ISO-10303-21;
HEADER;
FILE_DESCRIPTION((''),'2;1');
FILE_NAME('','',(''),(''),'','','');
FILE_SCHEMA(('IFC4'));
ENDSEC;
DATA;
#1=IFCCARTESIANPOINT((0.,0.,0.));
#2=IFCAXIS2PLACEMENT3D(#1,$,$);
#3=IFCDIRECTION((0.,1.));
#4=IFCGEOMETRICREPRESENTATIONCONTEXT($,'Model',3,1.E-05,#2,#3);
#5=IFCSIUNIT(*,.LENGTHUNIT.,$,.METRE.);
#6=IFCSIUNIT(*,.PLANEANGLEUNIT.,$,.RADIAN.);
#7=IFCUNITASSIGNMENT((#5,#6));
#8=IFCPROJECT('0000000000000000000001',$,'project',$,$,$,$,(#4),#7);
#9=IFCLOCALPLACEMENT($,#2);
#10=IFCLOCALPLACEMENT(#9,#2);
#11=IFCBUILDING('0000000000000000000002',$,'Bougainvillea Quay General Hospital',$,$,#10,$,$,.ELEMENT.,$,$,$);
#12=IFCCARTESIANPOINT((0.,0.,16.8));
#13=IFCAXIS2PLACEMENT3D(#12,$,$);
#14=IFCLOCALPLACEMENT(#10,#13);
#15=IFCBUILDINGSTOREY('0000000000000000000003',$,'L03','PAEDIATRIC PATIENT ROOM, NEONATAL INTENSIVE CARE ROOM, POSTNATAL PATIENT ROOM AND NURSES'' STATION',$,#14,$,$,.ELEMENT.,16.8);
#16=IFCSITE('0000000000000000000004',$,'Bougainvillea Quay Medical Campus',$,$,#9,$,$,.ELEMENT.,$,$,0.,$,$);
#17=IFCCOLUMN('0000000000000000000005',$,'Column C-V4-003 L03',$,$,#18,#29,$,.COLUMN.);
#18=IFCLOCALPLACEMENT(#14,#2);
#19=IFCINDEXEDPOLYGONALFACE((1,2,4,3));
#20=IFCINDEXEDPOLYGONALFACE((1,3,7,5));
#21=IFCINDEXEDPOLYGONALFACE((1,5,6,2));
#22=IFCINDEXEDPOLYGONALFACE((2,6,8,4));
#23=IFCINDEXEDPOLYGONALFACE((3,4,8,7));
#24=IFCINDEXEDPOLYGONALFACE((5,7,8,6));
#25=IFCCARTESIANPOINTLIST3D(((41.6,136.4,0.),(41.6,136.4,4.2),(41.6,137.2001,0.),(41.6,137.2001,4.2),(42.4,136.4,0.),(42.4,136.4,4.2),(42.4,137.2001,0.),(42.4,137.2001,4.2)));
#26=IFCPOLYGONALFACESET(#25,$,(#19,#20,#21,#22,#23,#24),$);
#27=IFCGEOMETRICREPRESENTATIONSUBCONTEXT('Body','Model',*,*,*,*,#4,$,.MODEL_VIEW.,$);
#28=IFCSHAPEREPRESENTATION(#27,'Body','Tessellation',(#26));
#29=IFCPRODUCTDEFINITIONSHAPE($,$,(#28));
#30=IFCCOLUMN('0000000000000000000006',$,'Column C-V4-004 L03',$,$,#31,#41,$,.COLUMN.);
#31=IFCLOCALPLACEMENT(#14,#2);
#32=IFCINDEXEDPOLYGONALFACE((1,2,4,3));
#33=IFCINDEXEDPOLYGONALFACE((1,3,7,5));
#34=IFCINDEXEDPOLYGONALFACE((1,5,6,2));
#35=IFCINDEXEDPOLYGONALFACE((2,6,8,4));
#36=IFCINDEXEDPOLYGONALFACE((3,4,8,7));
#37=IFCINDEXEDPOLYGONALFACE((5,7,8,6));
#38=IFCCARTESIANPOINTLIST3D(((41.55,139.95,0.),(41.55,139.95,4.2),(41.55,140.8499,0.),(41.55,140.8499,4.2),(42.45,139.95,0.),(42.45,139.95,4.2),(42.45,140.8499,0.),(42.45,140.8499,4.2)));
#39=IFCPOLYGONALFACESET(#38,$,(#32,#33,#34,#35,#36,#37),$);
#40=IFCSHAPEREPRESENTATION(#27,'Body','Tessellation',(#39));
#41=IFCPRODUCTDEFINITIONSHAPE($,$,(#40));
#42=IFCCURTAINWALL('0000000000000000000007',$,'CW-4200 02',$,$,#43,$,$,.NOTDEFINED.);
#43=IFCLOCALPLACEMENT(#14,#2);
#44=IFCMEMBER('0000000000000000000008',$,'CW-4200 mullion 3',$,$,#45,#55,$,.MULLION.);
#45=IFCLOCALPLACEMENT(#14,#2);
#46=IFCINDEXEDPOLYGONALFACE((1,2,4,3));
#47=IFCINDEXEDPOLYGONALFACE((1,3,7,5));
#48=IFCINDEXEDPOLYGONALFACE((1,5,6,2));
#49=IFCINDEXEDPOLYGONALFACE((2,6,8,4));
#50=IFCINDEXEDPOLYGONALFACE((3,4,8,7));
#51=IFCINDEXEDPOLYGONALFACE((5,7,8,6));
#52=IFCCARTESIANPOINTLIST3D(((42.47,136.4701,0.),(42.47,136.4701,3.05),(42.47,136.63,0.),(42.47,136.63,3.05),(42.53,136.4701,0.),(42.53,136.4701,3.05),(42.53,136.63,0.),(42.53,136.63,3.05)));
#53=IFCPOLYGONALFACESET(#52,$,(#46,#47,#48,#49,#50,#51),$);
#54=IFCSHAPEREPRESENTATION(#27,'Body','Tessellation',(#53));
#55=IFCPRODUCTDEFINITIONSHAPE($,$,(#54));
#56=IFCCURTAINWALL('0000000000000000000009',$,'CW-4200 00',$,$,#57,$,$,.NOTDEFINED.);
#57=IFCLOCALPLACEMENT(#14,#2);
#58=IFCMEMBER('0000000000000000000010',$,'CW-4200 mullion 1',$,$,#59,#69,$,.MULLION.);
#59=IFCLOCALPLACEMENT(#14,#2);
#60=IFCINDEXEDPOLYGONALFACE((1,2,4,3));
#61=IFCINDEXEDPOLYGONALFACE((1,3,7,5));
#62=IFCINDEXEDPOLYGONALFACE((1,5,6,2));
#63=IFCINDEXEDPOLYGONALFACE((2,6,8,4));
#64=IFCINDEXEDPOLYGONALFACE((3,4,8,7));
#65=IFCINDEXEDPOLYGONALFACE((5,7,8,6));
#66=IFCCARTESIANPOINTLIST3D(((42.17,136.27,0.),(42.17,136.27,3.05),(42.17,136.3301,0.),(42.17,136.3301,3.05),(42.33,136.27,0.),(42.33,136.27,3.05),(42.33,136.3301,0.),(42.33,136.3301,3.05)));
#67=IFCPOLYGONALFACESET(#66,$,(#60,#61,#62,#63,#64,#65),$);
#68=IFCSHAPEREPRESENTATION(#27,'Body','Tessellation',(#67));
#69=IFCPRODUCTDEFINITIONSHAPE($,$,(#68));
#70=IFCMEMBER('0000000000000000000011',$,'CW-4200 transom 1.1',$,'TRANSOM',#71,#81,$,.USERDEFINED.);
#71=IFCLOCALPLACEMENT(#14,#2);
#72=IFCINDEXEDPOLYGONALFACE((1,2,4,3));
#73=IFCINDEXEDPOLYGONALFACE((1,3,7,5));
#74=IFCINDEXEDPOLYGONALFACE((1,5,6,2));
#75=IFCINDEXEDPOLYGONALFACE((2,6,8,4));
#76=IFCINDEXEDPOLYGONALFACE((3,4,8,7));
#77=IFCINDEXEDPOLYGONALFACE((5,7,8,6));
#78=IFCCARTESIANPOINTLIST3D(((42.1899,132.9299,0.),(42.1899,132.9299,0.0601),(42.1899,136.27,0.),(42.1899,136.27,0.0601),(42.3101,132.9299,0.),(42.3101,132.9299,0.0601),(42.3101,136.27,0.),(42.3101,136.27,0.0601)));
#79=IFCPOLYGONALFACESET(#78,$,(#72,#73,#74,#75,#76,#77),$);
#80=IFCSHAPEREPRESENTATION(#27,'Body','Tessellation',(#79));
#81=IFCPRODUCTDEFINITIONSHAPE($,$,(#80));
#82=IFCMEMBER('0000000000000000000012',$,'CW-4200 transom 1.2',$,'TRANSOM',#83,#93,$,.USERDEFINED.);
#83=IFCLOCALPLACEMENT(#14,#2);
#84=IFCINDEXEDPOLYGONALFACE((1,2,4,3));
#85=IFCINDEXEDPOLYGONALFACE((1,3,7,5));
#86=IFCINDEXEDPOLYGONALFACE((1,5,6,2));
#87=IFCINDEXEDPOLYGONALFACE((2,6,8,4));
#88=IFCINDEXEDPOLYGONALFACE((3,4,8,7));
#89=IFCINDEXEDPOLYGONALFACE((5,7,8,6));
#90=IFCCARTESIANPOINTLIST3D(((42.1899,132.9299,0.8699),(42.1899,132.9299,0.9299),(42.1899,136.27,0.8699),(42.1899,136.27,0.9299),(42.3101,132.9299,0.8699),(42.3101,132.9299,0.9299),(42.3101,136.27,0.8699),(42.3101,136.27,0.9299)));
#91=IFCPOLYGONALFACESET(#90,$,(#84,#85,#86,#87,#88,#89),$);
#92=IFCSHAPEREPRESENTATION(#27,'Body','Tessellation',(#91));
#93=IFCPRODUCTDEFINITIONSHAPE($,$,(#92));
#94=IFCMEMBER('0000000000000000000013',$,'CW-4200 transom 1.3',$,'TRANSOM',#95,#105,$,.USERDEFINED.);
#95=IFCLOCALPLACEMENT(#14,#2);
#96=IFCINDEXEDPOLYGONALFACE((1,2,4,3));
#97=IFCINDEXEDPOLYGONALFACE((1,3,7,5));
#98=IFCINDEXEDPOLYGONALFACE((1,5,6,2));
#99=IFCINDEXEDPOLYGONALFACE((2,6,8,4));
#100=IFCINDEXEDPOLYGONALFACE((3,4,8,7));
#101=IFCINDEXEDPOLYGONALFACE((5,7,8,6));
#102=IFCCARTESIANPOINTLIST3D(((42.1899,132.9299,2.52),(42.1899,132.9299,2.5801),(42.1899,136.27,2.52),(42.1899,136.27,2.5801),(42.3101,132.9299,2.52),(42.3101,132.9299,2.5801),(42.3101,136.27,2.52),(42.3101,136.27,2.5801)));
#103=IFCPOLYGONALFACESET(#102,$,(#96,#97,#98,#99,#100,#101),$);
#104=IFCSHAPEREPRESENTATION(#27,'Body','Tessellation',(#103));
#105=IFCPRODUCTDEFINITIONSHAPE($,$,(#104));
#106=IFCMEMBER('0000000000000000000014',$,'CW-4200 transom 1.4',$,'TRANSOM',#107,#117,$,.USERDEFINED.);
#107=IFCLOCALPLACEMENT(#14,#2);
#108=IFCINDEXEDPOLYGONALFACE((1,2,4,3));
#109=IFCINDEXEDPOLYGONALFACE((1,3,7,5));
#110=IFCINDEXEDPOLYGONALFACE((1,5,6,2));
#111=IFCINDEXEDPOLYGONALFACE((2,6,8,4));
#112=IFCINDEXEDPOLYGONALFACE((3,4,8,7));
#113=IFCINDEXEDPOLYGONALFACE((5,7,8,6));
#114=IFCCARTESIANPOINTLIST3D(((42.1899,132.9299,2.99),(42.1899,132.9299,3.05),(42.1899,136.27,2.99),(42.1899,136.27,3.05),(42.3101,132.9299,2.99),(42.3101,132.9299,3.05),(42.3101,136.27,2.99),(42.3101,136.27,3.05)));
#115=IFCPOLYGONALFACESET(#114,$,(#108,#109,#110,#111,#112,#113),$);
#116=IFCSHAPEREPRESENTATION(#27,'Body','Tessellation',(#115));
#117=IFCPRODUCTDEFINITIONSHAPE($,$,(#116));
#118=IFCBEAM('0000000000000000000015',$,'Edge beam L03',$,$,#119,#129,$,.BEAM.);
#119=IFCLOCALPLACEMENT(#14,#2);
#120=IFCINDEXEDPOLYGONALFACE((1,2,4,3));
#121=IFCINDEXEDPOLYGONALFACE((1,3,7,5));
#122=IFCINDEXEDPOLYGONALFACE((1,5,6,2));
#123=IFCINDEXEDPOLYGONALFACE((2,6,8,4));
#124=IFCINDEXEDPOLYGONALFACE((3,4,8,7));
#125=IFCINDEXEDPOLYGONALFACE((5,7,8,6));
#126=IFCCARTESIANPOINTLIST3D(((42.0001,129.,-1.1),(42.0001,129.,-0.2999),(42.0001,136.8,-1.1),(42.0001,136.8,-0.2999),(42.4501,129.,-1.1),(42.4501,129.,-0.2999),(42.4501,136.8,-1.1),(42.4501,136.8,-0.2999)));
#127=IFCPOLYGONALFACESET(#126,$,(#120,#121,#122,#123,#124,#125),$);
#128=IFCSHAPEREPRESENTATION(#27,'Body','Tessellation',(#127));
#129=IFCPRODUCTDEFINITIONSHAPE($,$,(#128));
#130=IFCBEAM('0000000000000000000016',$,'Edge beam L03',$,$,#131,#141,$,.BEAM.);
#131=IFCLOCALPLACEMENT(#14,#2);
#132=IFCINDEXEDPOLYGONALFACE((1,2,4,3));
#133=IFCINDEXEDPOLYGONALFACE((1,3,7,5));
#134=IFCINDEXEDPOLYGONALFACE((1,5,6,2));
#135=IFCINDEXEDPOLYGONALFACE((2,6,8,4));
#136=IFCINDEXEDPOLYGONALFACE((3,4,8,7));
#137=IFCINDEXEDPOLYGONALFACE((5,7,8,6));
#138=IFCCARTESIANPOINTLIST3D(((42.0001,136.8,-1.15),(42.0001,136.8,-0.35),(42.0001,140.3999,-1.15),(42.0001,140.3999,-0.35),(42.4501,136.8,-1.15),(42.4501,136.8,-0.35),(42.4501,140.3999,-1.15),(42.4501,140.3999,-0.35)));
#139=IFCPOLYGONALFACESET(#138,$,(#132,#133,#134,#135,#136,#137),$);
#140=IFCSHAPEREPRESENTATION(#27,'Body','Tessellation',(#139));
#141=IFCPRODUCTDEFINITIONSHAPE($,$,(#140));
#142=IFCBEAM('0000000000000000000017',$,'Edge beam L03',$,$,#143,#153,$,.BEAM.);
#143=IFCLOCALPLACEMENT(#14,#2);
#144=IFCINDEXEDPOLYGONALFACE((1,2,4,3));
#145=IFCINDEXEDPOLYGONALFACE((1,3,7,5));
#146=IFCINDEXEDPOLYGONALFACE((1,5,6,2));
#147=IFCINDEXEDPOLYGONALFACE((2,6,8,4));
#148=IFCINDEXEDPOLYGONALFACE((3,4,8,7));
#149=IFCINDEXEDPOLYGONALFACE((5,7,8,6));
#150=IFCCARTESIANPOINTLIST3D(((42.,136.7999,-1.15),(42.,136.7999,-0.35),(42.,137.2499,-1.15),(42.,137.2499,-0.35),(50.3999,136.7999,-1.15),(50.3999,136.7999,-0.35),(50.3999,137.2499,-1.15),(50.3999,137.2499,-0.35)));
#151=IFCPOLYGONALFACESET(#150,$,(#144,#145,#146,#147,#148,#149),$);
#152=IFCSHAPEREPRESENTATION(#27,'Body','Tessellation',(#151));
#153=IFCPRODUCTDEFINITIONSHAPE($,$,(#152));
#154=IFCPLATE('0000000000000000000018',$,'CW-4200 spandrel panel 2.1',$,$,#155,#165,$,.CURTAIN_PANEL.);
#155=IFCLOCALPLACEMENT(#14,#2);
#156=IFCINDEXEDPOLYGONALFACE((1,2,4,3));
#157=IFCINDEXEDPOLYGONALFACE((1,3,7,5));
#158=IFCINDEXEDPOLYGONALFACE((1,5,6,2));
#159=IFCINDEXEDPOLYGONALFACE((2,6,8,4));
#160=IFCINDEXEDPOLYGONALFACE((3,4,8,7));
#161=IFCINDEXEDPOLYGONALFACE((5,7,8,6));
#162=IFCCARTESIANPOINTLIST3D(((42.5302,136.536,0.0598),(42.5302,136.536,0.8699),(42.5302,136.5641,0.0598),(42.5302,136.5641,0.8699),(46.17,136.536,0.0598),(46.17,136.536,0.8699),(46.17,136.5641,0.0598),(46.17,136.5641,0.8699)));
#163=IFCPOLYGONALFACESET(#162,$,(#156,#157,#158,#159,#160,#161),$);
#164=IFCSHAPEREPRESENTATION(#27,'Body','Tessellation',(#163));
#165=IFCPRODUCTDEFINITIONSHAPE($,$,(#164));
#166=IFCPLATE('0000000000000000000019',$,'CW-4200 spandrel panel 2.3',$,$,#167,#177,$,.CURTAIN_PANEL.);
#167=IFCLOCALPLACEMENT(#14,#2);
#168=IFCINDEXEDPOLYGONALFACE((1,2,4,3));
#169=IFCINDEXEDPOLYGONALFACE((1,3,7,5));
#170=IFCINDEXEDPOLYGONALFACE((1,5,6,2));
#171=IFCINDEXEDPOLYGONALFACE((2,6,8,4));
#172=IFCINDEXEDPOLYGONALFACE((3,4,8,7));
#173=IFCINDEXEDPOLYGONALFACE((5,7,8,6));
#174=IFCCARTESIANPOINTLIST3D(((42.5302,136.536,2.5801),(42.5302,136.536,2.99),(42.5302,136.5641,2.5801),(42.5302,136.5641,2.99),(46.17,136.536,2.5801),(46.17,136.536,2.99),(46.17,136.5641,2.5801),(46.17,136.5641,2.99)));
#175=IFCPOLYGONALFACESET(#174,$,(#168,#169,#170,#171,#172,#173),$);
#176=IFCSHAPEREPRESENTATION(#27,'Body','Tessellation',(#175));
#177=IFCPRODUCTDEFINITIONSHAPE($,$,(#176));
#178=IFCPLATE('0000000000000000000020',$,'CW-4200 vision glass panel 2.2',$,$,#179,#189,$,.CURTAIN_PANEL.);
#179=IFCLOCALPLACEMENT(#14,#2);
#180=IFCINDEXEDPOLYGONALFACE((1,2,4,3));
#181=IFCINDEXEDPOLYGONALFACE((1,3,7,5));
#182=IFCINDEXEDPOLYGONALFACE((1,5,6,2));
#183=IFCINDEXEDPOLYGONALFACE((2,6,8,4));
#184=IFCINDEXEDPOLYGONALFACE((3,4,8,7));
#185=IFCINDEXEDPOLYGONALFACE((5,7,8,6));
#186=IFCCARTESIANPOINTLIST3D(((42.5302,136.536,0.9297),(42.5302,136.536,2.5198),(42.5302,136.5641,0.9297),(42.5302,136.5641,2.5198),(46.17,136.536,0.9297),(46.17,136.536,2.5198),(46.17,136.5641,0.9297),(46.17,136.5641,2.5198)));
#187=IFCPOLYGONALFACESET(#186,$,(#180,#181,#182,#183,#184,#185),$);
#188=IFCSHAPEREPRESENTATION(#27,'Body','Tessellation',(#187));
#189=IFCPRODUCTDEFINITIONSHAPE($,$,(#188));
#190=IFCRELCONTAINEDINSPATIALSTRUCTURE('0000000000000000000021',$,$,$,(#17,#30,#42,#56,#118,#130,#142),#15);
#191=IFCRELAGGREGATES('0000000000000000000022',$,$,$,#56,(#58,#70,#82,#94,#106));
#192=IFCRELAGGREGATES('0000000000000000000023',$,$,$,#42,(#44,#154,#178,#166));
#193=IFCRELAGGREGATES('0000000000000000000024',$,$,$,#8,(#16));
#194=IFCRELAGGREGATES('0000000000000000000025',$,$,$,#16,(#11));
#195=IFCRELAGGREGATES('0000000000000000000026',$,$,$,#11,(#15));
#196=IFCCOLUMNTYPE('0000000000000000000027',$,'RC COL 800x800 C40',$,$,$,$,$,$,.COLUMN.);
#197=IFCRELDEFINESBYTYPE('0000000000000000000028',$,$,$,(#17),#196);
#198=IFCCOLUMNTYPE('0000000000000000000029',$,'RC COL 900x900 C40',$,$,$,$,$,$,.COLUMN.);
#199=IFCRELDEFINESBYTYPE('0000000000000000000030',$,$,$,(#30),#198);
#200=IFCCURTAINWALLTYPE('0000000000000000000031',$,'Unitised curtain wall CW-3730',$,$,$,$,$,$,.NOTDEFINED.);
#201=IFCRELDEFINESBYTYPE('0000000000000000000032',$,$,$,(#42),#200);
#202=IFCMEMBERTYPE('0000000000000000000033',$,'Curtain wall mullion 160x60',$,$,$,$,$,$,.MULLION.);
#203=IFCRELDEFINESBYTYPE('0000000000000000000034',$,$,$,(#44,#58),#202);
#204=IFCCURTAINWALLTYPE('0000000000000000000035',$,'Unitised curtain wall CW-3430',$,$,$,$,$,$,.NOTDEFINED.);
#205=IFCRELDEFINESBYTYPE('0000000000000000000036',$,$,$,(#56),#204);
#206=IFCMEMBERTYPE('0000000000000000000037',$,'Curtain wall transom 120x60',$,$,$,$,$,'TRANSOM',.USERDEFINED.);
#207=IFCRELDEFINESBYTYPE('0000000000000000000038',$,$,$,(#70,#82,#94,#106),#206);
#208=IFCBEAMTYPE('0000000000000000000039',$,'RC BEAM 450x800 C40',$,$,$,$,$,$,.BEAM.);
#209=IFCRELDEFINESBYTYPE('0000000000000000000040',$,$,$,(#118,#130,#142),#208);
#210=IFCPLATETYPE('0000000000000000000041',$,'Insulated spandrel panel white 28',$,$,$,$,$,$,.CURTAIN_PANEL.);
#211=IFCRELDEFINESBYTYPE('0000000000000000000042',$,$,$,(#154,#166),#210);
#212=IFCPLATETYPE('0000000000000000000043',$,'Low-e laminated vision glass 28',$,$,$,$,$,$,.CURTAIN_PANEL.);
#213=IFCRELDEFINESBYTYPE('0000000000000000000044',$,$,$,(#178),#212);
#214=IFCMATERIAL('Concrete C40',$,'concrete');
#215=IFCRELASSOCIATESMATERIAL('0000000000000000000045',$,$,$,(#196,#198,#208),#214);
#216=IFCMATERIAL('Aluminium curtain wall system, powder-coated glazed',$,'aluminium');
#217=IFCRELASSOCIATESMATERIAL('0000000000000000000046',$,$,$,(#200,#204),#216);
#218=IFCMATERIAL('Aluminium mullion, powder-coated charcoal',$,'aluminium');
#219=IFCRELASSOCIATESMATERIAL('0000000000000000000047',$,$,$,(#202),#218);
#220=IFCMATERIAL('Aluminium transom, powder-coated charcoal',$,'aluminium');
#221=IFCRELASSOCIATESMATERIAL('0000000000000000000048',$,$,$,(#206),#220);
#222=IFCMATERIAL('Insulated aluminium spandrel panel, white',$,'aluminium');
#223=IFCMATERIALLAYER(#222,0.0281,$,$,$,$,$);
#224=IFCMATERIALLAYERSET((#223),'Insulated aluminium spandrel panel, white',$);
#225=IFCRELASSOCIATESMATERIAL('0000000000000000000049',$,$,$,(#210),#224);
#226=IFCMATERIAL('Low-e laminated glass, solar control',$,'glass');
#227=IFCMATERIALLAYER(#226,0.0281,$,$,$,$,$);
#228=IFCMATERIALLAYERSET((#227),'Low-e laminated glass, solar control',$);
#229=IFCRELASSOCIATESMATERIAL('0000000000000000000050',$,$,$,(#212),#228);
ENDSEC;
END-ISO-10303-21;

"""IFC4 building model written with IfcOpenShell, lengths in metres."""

from ifc_helpers import new_model, si_unit, direction, frame, origin, origin_2d, place, context, subcontext, project, spatial, rectangle, extrude, material, layer, layer_set, material_profile, profile_set, type_object, element, aggregate, save


model = new_model("IFC4")

# Units and contexts
model_context = context("Model", 3, precision=1e-05, world=origin(), true_north=direction((0.0, 1.0)))
body_context = subcontext(model_context, "Body", "Model", "MODEL_VIEW")
ifc_project = project(units=[si_unit("LENGTHUNIT", "METRE"), si_unit("PLANEANGLEUNIT", "RADIAN")], contexts=[model_context])

# Site, building, storey
site_placement = place(None, origin())
site = spatial("IfcSite", under=ifc_project, at=site_placement, Name="Bougainvillea Quay Medical Campus", CompositionType="ELEMENT", RefElevation=0.0)
building_placement = place(site_placement, origin())
building = spatial("IfcBuilding", under=site, at=building_placement, Name="Bougainvillea Quay General Hospital", CompositionType="ELEMENT")
storey_placement = place(building_placement, frame((0.0, 0.0, 16.8)))
storey = spatial("IfcBuildingStorey", under=building, at=storey_placement, Name="L03", Description="PAEDIATRIC PATIENT ROOM, NEONATAL INTENSIVE CARE ROOM, POSTNATAL PATIENT ROOM AND NURSES' STATION", CompositionType="ELEMENT", Elevation=16.8)

# Columns
ifc_material_1 = material(Name="Concrete C40", Category="concrete")
ifc_material_profile_1 = material_profile(ifc_material_1, rectangle(XDim=0.8, YDim=0.8, at=origin_2d()))
ifc_profile_set_1 = profile_set([ifc_material_profile_1], Name="Concrete C40")
column_type_1 = type_object("IfcColumnType", Name="RC COL 800x800 C40", PredefinedType="COLUMN", material=ifc_profile_set_1)
column_1_placement = place(storey_placement, frame((42.0, 136.8, 0.0), z_axis=(0.0, 0.0, 1.0), x_axis=(1.0, 0.0, 0.0)))
element("IfcColumn", 1, at=column_1_placement, inside=storey, type_object=column_type_1, Name="Column C-V4-003 L03", PredefinedType="COLUMN", context=body_context, shape_type="SweptSolid", body=[
    extrude(rectangle(XDim=0.8, YDim=0.8, at=origin_2d()), origin(), (0.0, 0.0, 1.0), 4.2),
])
ifc_material_profile_2 = material_profile(ifc_material_1, rectangle(XDim=0.8999, YDim=0.8999, at=origin_2d()))
ifc_profile_set_2 = profile_set([ifc_material_profile_2], Name="Concrete C40")
column_type_2 = type_object("IfcColumnType", Name="RC COL 900x900 C40", PredefinedType="COLUMN", material=ifc_profile_set_2)
column_2_placement = place(storey_placement, frame((42.0, 140.3999, 0.0), z_axis=(0.0, 0.0, 1.0), x_axis=(1.0, 0.0, 0.0)))
element("IfcColumn", 2, at=column_2_placement, inside=storey, type_object=column_type_2, Name="Column C-V4-004 L03", PredefinedType="COLUMN", context=body_context, shape_type="SweptSolid", body=[
    extrude(rectangle(XDim=0.8999, YDim=0.8999, at=origin_2d()), origin(), (0.0, 0.0, 1.0), 4.2),
])

# Curtain wall, member
ifc_material_2 = material(Name="Aluminium curtain wall system, powder-coated glazed", Category="aluminium")
curtain_wall_type_1 = type_object("IfcCurtainWallType", Name="Unitised curtain wall CW-3730", PredefinedType="NOTDEFINED", material=ifc_material_2)
curtain_wall_1_placement = place(storey_placement, origin())
curtain_wall_1 = element("IfcCurtainWall", 3, at=curtain_wall_1_placement, inside=storey, type_object=curtain_wall_type_1, Name="CW-4200 02", PredefinedType="NOTDEFINED")
ifc_material_3 = material(Name="Aluminium mullion, powder-coated charcoal", Category="aluminium")
ifc_material_profile_3 = material_profile(ifc_material_3, rectangle(XDim=0.1599, YDim=0.0601, at=origin_2d()))
ifc_profile_set_3 = profile_set([ifc_material_profile_3], Name="Aluminium mullion, powder-coated charcoal")
member_type_1 = type_object("IfcMemberType", Name="Curtain wall mullion 160x60", PredefinedType="MULLION", material=ifc_profile_set_3)
member_1_placement = place(storey_placement, frame((42.5, 136.55, 0.0), z_axis=(0.0, 0.0, 1.0), x_axis=(0.0, -1.0, 0.0)))
member_1 = element("IfcMember", 4, at=member_1_placement, type_object=member_type_1, Name="CW-4200 mullion 3", PredefinedType="MULLION", context=body_context, shape_type="SweptSolid", body=[
    extrude(rectangle(XDim=0.1599, YDim=0.0601, at=origin_2d()), origin(), (0.0, 0.0, 1.0), 3.05),
])

# Curtain wall, members
curtain_wall_type_2 = type_object("IfcCurtainWallType", Name="Unitised curtain wall CW-3430", PredefinedType="NOTDEFINED", material=ifc_material_2)
curtain_wall_2_placement = place(storey_placement, origin())
curtain_wall_2 = element("IfcCurtainWall", 5, at=curtain_wall_2_placement, inside=storey, type_object=curtain_wall_type_2, Name="CW-4200 00", PredefinedType="NOTDEFINED")
member_2_placement = place(storey_placement, frame((42.25, 136.3, 0.0), z_axis=(0.0, 0.0, 1.0), x_axis=(1.0, 0.0, 0.0)))
member_2 = element("IfcMember", 6, at=member_2_placement, type_object=member_type_1, Name="CW-4200 mullion 1", PredefinedType="MULLION", context=body_context, shape_type="SweptSolid", body=[
    extrude(rectangle(XDim=0.1599, YDim=0.0601, at=origin_2d()), origin(), (0.0, 0.0, 1.0), 3.05),
])
ifc_material_4 = material(Name="Aluminium transom, powder-coated charcoal", Category="aluminium")
ifc_material_profile_4 = material_profile(ifc_material_4, rectangle(XDim=0.1201, YDim=0.0601, at=origin_2d()))
ifc_profile_set_4 = profile_set([ifc_material_profile_4], Name="Aluminium transom, powder-coated charcoal")
member_type_2 = type_object("IfcMemberType", Name="Curtain wall transom 120x60", ElementType="TRANSOM", PredefinedType="USERDEFINED", material=ifc_profile_set_4)
member_3_placement = place(storey_placement, frame((42.25, 136.27, 0.03), z_axis=(0.0, -1.0, 0.0), x_axis=(1.0, 0.0, 0.0)))
member_3 = element("IfcMember", 7, at=member_3_placement, type_object=member_type_2, Name="CW-4200 transom 1.1", ObjectType="TRANSOM", PredefinedType="USERDEFINED", context=body_context, shape_type="SweptSolid", body=[
    extrude(rectangle(XDim=0.1201, YDim=0.0601, at=origin_2d()), origin(), (0.0, 0.0, 1.0), 3.3401),
])
member_4_placement = place(storey_placement, frame((42.25, 136.27, 0.8999), z_axis=(0.0, -1.0, 0.0), x_axis=(1.0, 0.0, 0.0)))
member_4 = element("IfcMember", 8, at=member_4_placement, type_object=member_type_2, Name="CW-4200 transom 1.2", ObjectType="TRANSOM", PredefinedType="USERDEFINED", context=body_context, shape_type="SweptSolid", body=[
    extrude(rectangle(XDim=0.1201, YDim=0.0601, at=origin_2d()), origin(), (0.0, 0.0, 1.0), 3.3401),
])
member_5_placement = place(storey_placement, frame((42.25, 136.27, 2.55), z_axis=(0.0, -1.0, 0.0), x_axis=(1.0, 0.0, 0.0)))
member_5 = element("IfcMember", 9, at=member_5_placement, type_object=member_type_2, Name="CW-4200 transom 1.3", ObjectType="TRANSOM", PredefinedType="USERDEFINED", context=body_context, shape_type="SweptSolid", body=[
    extrude(rectangle(XDim=0.1201, YDim=0.0601, at=origin_2d()), origin(), (0.0, 0.0, 1.0), 3.3401),
])
member_6_placement = place(storey_placement, frame((42.25, 136.27, 3.02), z_axis=(0.0, -1.0, 0.0), x_axis=(1.0, 0.0, 0.0)))
member_6 = element("IfcMember", 10, at=member_6_placement, type_object=member_type_2, Name="CW-4200 transom 1.4", ObjectType="TRANSOM", PredefinedType="USERDEFINED", context=body_context, shape_type="SweptSolid", body=[
    extrude(rectangle(XDim=0.1201, YDim=0.0601, at=origin_2d()), origin(), (0.0, 0.0, 1.0), 3.3401),
])
aggregate(curtain_wall_2, [member_2, member_3, member_4, member_5, member_6])

# Beams
ifc_material_profile_5 = material_profile(ifc_material_1, rectangle(XDim=0.45, YDim=0.8, at=origin_2d()))
ifc_profile_set_5 = profile_set([ifc_material_profile_5], Name="Concrete C40")
beam_type = type_object("IfcBeamType", Name="RC BEAM 450x800 C40", PredefinedType="BEAM", material=ifc_profile_set_5)
beam_1_placement = place(storey_placement, frame((42.2251, 136.8, -0.7), z_axis=(0.0, -1.0, 0.0), x_axis=(1.0, 0.0, 0.0)))
element("IfcBeam", 11, at=beam_1_placement, inside=storey, type_object=beam_type, Name="Edge beam L03", PredefinedType="BEAM", context=body_context, shape_type="SweptSolid", body=[
    extrude(rectangle(XDim=0.45, YDim=0.8, at=origin_2d()), origin(), (0.0, 0.0, 1.0), 7.8),
])
beam_2_placement = place(storey_placement, frame((42.2251, 140.3999, -0.75), z_axis=(0.0, -1.0, 0.0), x_axis=(1.0, 0.0, 0.0)))
element("IfcBeam", 12, at=beam_2_placement, inside=storey, type_object=beam_type, Name="Edge beam L03", PredefinedType="BEAM", context=body_context, shape_type="SweptSolid", body=[
    extrude(rectangle(XDim=0.45, YDim=0.8, at=origin_2d()), origin(), (0.0, 0.0, 1.0), 3.5999),
])
beam_3_placement = place(storey_placement, frame((42.0, 137.0249, -0.75), z_axis=(1.0, 0.0, 0.0), x_axis=(0.0, 1.0, 0.0)))
element("IfcBeam", 13, at=beam_3_placement, inside=storey, type_object=beam_type, Name="Edge beam L03", PredefinedType="BEAM", context=body_context, shape_type="SweptSolid", body=[
    extrude(rectangle(XDim=0.45, YDim=0.8, at=origin_2d()), origin(), (0.0, 0.0, 1.0), 8.3999),
])

# Plates
ifc_material_5 = material(Name="Insulated aluminium spandrel panel, white", Category="aluminium")
ifc_layer_1 = layer(ifc_material_5, 0.0281)
ifc_layer_set_1 = layer_set([ifc_layer_1], Name="Insulated aluminium spandrel panel, white")
plate_type_1 = type_object("IfcPlateType", Name="Insulated spandrel panel white 28", PredefinedType="CURTAIN_PANEL", material=ifc_layer_set_1)
plate_1_placement = place(storey_placement, frame((44.3501, 136.55, 0.0598), z_axis=(0.0, 0.0, 1.0), x_axis=(-1.0, 0.0, 0.0)))
plate_1 = element("IfcPlate", 14, at=plate_1_placement, type_object=plate_type_1, Name="CW-4200 spandrel panel 2.1", PredefinedType="CURTAIN_PANEL", context=body_context, shape_type="SweptSolid", body=[
    extrude(rectangle(XDim=3.6399, YDim=0.0281, at=origin_2d()), origin(), (0.0, 0.0, 1.0), 0.8101),
])
plate_2_placement = place(storey_placement, frame((44.3501, 136.55, 2.5801), z_axis=(0.0, 0.0, 1.0), x_axis=(-1.0, 0.0, 0.0)))
plate_2 = element("IfcPlate", 15, at=plate_2_placement, type_object=plate_type_1, Name="CW-4200 spandrel panel 2.3", PredefinedType="CURTAIN_PANEL", context=body_context, shape_type="SweptSolid", body=[
    extrude(rectangle(XDim=3.6399, YDim=0.0281, at=origin_2d()), origin(), (0.0, 0.0, 1.0), 0.4099),
])
ifc_material_6 = material(Name="Low-e laminated glass, solar control", Category="glass")
ifc_layer_2 = layer(ifc_material_6, 0.0281)
ifc_layer_set_2 = layer_set([ifc_layer_2], Name="Low-e laminated glass, solar control")
plate_type_2 = type_object("IfcPlateType", Name="Low-e laminated vision glass 28", PredefinedType="CURTAIN_PANEL", material=ifc_layer_set_2)
plate_3_placement = place(storey_placement, frame((44.3501, 136.55, 0.9297), z_axis=(0.0, 0.0, 1.0), x_axis=(-1.0, 0.0, 0.0)))
plate_3 = element("IfcPlate", 16, at=plate_3_placement, type_object=plate_type_2, Name="CW-4200 vision glass panel 2.2", PredefinedType="CURTAIN_PANEL", context=body_context, shape_type="SweptSolid", body=[
    extrude(rectangle(XDim=3.6399, YDim=0.0281, at=origin_2d()), origin(), (0.0, 0.0, 1.0), 1.5901),
])
aggregate(curtain_wall_1, [member_1, plate_1, plate_3, plate_2])

save(model, "model.ifc")
